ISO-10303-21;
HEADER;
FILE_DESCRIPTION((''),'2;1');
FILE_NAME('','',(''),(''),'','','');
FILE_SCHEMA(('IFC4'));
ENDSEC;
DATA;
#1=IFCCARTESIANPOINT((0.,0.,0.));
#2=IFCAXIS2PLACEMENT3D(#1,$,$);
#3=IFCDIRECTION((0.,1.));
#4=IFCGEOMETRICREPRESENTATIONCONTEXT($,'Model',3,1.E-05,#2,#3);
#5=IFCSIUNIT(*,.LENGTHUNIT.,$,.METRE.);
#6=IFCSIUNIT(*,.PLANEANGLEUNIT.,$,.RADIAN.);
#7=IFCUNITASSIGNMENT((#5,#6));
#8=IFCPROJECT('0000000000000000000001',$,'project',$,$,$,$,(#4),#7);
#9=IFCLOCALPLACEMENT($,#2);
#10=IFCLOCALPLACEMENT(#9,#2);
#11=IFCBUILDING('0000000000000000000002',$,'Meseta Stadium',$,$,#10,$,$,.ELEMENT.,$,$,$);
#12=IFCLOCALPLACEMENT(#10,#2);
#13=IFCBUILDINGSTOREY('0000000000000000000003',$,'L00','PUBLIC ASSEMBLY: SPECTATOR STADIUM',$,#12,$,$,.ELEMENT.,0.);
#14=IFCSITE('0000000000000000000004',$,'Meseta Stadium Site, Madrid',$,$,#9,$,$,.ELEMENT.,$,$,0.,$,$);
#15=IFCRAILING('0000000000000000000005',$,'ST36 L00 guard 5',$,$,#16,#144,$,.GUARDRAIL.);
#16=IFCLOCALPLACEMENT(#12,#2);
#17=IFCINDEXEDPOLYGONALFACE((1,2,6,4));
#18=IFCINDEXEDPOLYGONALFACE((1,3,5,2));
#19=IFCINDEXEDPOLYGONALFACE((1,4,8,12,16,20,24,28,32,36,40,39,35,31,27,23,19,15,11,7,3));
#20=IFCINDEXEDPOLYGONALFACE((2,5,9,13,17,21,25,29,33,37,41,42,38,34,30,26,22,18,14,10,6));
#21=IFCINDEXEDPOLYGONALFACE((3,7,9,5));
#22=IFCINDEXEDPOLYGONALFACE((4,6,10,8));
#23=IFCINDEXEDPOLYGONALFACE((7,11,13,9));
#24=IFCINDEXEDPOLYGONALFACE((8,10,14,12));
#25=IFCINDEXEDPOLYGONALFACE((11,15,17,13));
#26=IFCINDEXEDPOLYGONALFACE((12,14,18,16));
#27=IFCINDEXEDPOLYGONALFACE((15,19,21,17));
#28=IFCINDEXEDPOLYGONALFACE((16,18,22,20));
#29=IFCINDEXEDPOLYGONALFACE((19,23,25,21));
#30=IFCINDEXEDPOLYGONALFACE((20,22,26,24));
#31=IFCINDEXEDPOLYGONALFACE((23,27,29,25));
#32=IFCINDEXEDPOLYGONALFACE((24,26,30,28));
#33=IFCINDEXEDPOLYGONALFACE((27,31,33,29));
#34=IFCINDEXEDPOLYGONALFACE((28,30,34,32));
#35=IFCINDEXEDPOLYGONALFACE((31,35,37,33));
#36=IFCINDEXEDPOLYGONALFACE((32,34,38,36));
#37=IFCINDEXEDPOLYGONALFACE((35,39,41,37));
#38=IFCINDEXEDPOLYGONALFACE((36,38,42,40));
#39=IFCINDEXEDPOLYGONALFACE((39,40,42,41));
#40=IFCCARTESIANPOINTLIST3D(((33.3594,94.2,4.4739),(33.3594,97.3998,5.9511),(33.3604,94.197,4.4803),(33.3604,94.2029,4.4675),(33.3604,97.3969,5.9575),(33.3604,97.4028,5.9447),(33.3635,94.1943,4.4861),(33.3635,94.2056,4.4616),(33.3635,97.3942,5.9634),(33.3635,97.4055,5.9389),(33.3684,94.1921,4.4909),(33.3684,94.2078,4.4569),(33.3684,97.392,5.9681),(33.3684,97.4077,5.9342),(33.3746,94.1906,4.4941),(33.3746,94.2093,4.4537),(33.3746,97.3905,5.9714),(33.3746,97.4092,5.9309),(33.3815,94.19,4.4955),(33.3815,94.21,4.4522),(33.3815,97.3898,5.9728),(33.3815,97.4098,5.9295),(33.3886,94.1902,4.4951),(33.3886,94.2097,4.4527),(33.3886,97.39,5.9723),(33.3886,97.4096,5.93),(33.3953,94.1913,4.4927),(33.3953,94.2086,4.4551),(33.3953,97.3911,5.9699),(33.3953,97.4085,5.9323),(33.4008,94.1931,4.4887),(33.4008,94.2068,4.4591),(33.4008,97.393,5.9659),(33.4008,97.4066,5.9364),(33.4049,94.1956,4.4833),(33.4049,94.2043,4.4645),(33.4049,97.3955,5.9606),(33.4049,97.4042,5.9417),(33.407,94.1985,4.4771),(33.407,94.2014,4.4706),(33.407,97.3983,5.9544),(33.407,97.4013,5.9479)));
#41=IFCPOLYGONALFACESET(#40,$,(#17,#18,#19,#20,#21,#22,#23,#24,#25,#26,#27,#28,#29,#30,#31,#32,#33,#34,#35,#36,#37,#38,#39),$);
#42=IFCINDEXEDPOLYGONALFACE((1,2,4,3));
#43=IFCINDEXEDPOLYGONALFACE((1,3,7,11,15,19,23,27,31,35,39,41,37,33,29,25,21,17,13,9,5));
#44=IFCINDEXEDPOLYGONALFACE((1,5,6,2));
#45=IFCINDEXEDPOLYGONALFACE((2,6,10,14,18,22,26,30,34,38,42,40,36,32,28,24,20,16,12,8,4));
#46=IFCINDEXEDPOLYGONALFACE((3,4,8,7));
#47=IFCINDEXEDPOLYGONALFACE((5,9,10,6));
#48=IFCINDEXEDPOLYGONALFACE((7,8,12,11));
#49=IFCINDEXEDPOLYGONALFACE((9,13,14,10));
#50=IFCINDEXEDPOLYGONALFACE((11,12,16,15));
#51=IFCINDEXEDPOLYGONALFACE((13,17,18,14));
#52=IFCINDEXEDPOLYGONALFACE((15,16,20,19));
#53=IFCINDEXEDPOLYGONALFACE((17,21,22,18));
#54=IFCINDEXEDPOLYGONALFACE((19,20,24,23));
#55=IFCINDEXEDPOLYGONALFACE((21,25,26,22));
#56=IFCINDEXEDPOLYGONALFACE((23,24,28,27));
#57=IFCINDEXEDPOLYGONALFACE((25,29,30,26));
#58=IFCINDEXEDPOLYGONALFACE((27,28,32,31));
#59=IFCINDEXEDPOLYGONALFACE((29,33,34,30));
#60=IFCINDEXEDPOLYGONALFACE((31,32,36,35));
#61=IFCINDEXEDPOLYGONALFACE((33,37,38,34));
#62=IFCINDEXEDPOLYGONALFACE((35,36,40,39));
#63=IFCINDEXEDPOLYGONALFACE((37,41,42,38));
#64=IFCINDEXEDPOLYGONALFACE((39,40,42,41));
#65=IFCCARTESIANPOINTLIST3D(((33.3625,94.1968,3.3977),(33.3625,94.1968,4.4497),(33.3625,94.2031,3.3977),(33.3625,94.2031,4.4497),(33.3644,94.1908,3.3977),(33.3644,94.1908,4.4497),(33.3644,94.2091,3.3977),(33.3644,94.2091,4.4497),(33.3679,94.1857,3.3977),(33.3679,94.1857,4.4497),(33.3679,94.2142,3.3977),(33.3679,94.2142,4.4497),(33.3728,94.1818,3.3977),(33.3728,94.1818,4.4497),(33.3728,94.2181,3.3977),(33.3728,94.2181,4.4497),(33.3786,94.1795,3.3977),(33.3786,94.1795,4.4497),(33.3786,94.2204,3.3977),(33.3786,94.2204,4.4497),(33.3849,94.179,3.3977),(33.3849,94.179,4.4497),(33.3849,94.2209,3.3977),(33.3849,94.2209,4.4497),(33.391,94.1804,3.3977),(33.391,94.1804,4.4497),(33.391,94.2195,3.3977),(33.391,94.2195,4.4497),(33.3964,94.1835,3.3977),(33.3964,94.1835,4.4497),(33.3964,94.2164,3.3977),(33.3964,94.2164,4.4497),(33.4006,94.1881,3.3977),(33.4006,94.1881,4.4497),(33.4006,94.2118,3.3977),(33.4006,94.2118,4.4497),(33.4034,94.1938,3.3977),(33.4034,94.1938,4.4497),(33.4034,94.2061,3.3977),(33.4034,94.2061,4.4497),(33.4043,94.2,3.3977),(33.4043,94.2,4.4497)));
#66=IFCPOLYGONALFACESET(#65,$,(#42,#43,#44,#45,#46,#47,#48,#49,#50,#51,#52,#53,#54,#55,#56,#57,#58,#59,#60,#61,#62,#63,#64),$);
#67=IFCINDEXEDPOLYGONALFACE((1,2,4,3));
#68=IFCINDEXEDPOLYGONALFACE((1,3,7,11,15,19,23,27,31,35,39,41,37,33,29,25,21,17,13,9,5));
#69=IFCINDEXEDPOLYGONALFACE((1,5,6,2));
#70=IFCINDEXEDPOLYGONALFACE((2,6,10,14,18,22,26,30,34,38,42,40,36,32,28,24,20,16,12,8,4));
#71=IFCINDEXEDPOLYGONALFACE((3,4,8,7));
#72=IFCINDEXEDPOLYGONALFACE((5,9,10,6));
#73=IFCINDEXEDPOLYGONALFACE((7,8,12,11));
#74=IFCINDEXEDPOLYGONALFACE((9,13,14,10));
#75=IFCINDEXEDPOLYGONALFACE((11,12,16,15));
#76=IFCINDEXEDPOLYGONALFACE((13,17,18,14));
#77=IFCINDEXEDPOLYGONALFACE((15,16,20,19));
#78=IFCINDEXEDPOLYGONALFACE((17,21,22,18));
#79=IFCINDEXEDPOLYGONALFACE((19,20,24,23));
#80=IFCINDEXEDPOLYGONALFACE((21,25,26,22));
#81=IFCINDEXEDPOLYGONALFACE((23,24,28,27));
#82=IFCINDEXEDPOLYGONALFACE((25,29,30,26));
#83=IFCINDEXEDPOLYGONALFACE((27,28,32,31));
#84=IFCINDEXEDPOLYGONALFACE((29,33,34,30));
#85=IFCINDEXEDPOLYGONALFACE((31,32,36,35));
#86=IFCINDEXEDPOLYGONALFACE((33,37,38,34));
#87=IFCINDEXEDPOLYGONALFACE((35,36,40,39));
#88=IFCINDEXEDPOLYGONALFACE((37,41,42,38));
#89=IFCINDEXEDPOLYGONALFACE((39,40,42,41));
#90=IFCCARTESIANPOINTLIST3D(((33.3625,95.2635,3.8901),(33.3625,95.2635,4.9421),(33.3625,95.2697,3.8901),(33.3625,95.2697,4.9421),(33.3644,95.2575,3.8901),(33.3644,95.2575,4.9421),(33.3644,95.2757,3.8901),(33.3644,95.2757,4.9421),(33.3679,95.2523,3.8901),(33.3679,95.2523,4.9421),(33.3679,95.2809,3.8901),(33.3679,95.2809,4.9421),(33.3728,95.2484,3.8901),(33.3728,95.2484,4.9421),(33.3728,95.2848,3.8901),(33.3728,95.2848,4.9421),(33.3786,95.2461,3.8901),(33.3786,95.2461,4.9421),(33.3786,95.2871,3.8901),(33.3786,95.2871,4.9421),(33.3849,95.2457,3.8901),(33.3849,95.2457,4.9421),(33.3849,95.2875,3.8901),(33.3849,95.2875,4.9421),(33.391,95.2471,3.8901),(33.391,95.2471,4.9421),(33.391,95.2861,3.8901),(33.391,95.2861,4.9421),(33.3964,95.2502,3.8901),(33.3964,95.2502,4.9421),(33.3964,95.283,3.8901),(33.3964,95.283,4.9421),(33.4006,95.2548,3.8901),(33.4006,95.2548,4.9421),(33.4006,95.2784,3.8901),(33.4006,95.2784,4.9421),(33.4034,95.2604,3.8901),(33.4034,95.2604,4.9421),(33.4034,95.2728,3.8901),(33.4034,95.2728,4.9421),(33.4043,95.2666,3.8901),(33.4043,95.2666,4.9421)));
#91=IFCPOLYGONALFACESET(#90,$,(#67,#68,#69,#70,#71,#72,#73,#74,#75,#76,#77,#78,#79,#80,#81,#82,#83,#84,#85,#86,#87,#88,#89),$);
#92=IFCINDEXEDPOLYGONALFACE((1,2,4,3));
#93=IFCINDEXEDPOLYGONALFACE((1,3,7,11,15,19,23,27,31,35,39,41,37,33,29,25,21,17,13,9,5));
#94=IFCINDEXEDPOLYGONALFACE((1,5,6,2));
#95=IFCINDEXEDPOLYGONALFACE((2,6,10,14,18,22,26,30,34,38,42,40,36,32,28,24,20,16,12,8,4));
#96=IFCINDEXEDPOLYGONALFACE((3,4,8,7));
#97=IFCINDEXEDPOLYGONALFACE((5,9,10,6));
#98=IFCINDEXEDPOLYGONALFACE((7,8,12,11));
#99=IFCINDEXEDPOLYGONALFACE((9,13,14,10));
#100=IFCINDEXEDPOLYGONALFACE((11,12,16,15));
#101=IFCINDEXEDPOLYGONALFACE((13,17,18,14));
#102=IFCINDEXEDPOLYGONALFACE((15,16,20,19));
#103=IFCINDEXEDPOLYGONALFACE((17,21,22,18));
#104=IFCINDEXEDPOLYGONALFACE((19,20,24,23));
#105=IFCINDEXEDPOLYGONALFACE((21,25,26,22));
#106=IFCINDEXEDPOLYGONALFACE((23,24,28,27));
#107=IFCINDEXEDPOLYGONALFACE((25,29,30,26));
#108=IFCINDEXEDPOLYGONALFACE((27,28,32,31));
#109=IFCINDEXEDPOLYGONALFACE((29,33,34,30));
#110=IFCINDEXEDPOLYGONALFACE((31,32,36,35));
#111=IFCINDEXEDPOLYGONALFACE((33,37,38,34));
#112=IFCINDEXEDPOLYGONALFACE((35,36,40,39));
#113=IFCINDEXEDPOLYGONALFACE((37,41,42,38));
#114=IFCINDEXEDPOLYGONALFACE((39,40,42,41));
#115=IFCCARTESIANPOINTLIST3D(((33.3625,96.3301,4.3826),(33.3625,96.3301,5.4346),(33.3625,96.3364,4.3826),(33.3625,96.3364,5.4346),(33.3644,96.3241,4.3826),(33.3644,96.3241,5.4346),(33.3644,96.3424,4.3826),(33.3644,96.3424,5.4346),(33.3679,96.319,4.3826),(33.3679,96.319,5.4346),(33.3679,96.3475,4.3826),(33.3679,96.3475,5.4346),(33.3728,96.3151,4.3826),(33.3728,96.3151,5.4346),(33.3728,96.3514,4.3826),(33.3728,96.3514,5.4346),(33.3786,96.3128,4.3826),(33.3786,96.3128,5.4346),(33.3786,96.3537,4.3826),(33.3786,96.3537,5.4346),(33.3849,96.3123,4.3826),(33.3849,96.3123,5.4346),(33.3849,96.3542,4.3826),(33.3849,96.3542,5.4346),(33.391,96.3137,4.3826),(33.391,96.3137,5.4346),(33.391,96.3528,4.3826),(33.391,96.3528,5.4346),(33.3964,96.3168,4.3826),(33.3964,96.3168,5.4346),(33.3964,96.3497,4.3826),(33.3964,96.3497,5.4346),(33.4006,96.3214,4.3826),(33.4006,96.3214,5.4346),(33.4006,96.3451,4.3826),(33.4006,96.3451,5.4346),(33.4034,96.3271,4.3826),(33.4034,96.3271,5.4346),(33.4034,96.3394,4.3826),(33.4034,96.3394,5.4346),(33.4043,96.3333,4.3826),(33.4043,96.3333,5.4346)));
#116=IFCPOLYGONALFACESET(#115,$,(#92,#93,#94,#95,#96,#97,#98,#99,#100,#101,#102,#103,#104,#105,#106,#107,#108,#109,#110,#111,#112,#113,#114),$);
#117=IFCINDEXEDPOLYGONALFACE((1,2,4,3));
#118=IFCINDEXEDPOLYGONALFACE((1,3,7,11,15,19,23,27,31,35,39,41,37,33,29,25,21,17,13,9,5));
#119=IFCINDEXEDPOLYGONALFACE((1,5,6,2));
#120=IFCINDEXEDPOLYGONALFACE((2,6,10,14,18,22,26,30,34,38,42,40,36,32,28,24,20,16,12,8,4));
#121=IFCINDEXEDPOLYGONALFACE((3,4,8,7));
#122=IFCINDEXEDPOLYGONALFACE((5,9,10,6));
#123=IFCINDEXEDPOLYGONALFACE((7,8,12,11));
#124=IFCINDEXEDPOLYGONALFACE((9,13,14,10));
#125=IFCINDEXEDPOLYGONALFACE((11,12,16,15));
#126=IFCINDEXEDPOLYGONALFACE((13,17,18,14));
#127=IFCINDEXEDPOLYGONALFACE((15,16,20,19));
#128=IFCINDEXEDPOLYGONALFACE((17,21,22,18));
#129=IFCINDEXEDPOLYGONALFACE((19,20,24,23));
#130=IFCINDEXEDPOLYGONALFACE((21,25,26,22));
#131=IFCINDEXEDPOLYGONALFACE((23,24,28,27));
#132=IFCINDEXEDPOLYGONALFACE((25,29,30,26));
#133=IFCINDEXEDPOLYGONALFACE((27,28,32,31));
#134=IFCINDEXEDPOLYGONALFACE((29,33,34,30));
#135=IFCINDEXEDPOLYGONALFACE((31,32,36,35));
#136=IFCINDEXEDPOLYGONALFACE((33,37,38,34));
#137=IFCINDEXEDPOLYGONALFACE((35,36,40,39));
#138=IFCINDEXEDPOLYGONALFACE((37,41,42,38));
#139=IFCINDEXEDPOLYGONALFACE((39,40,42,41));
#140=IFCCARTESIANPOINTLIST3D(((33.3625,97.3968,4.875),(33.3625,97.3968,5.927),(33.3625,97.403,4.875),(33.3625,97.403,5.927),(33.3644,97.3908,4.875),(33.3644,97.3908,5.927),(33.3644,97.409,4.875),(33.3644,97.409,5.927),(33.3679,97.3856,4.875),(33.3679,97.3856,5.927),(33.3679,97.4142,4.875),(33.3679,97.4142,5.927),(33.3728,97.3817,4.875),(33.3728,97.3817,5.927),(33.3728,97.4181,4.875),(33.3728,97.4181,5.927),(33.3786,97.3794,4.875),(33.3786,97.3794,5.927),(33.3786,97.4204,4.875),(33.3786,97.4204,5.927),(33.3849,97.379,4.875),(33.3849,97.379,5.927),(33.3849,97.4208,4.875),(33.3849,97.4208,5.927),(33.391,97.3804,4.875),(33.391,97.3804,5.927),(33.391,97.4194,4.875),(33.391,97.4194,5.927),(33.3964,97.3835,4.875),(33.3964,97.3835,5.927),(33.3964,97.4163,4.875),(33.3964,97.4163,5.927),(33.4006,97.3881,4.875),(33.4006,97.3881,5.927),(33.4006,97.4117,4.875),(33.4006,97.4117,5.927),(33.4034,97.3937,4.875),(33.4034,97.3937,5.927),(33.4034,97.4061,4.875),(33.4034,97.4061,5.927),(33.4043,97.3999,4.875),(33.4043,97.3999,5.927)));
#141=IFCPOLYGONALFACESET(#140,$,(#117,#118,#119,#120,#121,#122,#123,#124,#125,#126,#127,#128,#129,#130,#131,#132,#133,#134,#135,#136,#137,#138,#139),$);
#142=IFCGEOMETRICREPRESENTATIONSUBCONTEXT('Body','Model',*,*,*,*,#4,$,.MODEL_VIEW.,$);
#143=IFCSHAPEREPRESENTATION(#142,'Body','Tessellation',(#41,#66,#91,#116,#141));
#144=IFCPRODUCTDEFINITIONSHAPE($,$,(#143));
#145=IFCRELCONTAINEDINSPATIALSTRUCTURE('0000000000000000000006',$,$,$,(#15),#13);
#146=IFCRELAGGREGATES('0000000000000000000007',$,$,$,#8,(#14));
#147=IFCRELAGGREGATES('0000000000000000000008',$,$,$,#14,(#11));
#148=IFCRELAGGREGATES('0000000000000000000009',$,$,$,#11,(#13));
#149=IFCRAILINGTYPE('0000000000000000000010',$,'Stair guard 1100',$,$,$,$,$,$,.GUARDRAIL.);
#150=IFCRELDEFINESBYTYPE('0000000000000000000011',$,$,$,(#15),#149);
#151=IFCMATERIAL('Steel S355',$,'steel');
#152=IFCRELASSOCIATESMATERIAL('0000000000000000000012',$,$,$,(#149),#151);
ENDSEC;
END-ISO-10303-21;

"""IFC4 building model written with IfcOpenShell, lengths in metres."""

from ifc_helpers import new_model, si_unit, direction, frame, origin, origin_2d, place, context, subcontext, project, spatial, circle, extrude, material, type_object, element, save


model = new_model("IFC4")

# Units and contexts
model_context = context("Model", 3, precision=1e-05, world=origin(), true_north=direction((0.0, 1.0)))
body_context = subcontext(model_context, "Body", "Model", "MODEL_VIEW")
ifc_project = project(units=[si_unit("LENGTHUNIT", "METRE"), si_unit("PLANEANGLEUNIT", "RADIAN")], contexts=[model_context])

# Site, building, storey
site_placement = place(None, origin())
site = spatial("IfcSite", under=ifc_project, at=site_placement, Name="Meseta Stadium Site, Madrid", CompositionType="ELEMENT", RefElevation=0.0)
building_placement = place(site_placement, origin())
building = spatial("IfcBuilding", under=site, at=building_placement, Name="Meseta Stadium", CompositionType="ELEMENT")
storey_placement = place(building_placement, origin())
storey = spatial("IfcBuildingStorey", under=building, at=storey_placement, Name="L00", Description="PUBLIC ASSEMBLY: SPECTATOR STADIUM", CompositionType="ELEMENT", Elevation=0.0)

# Railing
ifc_material_1 = material(Name="Steel S355", Category="steel")
railing_type_1 = type_object("IfcRailingType", Name="Stair guard 1100", PredefinedType="GUARDRAIL", material=ifc_material_1)
railing_1_placement = place(storey_placement, frame((33.3833, 94.2, 3.3977)))
element("IfcRailing", 1, at=railing_1_placement, inside=storey, type_object=railing_type_1, Name="ST36 L00 guard 5", PredefinedType="GUARDRAIL", context=body_context, shape_type="SweptSolid", body=[
    extrude(circle(Radius=0.0239, at=origin_2d()), frame((0.0, 0.0, 1.0762), z_axis=(0.0, 0.907917, 0.41915), x_axis=(-1.0, 0.0, 0.0)), (0.0, 0.0, 1.0), 3.5244),
    extrude(circle(Radius=0.021, at=origin_2d()), origin(), (0.0, 0.0, 1.0), 1.052),
    extrude(circle(Radius=0.021, at=origin_2d()), frame((0.0, 1.0667, 0.4924)), (0.0, 0.0, 1.0), 1.052),
    extrude(circle(Radius=0.021, at=origin_2d()), frame((0.0, 2.1333, 0.9849)), (0.0, 0.0, 1.0), 1.052),
    extrude(circle(Radius=0.021, at=origin_2d()), frame((0.0, 3.2, 1.4773)), (0.0, 0.0, 1.0), 1.052),
])

save(model, "model.ifc")
